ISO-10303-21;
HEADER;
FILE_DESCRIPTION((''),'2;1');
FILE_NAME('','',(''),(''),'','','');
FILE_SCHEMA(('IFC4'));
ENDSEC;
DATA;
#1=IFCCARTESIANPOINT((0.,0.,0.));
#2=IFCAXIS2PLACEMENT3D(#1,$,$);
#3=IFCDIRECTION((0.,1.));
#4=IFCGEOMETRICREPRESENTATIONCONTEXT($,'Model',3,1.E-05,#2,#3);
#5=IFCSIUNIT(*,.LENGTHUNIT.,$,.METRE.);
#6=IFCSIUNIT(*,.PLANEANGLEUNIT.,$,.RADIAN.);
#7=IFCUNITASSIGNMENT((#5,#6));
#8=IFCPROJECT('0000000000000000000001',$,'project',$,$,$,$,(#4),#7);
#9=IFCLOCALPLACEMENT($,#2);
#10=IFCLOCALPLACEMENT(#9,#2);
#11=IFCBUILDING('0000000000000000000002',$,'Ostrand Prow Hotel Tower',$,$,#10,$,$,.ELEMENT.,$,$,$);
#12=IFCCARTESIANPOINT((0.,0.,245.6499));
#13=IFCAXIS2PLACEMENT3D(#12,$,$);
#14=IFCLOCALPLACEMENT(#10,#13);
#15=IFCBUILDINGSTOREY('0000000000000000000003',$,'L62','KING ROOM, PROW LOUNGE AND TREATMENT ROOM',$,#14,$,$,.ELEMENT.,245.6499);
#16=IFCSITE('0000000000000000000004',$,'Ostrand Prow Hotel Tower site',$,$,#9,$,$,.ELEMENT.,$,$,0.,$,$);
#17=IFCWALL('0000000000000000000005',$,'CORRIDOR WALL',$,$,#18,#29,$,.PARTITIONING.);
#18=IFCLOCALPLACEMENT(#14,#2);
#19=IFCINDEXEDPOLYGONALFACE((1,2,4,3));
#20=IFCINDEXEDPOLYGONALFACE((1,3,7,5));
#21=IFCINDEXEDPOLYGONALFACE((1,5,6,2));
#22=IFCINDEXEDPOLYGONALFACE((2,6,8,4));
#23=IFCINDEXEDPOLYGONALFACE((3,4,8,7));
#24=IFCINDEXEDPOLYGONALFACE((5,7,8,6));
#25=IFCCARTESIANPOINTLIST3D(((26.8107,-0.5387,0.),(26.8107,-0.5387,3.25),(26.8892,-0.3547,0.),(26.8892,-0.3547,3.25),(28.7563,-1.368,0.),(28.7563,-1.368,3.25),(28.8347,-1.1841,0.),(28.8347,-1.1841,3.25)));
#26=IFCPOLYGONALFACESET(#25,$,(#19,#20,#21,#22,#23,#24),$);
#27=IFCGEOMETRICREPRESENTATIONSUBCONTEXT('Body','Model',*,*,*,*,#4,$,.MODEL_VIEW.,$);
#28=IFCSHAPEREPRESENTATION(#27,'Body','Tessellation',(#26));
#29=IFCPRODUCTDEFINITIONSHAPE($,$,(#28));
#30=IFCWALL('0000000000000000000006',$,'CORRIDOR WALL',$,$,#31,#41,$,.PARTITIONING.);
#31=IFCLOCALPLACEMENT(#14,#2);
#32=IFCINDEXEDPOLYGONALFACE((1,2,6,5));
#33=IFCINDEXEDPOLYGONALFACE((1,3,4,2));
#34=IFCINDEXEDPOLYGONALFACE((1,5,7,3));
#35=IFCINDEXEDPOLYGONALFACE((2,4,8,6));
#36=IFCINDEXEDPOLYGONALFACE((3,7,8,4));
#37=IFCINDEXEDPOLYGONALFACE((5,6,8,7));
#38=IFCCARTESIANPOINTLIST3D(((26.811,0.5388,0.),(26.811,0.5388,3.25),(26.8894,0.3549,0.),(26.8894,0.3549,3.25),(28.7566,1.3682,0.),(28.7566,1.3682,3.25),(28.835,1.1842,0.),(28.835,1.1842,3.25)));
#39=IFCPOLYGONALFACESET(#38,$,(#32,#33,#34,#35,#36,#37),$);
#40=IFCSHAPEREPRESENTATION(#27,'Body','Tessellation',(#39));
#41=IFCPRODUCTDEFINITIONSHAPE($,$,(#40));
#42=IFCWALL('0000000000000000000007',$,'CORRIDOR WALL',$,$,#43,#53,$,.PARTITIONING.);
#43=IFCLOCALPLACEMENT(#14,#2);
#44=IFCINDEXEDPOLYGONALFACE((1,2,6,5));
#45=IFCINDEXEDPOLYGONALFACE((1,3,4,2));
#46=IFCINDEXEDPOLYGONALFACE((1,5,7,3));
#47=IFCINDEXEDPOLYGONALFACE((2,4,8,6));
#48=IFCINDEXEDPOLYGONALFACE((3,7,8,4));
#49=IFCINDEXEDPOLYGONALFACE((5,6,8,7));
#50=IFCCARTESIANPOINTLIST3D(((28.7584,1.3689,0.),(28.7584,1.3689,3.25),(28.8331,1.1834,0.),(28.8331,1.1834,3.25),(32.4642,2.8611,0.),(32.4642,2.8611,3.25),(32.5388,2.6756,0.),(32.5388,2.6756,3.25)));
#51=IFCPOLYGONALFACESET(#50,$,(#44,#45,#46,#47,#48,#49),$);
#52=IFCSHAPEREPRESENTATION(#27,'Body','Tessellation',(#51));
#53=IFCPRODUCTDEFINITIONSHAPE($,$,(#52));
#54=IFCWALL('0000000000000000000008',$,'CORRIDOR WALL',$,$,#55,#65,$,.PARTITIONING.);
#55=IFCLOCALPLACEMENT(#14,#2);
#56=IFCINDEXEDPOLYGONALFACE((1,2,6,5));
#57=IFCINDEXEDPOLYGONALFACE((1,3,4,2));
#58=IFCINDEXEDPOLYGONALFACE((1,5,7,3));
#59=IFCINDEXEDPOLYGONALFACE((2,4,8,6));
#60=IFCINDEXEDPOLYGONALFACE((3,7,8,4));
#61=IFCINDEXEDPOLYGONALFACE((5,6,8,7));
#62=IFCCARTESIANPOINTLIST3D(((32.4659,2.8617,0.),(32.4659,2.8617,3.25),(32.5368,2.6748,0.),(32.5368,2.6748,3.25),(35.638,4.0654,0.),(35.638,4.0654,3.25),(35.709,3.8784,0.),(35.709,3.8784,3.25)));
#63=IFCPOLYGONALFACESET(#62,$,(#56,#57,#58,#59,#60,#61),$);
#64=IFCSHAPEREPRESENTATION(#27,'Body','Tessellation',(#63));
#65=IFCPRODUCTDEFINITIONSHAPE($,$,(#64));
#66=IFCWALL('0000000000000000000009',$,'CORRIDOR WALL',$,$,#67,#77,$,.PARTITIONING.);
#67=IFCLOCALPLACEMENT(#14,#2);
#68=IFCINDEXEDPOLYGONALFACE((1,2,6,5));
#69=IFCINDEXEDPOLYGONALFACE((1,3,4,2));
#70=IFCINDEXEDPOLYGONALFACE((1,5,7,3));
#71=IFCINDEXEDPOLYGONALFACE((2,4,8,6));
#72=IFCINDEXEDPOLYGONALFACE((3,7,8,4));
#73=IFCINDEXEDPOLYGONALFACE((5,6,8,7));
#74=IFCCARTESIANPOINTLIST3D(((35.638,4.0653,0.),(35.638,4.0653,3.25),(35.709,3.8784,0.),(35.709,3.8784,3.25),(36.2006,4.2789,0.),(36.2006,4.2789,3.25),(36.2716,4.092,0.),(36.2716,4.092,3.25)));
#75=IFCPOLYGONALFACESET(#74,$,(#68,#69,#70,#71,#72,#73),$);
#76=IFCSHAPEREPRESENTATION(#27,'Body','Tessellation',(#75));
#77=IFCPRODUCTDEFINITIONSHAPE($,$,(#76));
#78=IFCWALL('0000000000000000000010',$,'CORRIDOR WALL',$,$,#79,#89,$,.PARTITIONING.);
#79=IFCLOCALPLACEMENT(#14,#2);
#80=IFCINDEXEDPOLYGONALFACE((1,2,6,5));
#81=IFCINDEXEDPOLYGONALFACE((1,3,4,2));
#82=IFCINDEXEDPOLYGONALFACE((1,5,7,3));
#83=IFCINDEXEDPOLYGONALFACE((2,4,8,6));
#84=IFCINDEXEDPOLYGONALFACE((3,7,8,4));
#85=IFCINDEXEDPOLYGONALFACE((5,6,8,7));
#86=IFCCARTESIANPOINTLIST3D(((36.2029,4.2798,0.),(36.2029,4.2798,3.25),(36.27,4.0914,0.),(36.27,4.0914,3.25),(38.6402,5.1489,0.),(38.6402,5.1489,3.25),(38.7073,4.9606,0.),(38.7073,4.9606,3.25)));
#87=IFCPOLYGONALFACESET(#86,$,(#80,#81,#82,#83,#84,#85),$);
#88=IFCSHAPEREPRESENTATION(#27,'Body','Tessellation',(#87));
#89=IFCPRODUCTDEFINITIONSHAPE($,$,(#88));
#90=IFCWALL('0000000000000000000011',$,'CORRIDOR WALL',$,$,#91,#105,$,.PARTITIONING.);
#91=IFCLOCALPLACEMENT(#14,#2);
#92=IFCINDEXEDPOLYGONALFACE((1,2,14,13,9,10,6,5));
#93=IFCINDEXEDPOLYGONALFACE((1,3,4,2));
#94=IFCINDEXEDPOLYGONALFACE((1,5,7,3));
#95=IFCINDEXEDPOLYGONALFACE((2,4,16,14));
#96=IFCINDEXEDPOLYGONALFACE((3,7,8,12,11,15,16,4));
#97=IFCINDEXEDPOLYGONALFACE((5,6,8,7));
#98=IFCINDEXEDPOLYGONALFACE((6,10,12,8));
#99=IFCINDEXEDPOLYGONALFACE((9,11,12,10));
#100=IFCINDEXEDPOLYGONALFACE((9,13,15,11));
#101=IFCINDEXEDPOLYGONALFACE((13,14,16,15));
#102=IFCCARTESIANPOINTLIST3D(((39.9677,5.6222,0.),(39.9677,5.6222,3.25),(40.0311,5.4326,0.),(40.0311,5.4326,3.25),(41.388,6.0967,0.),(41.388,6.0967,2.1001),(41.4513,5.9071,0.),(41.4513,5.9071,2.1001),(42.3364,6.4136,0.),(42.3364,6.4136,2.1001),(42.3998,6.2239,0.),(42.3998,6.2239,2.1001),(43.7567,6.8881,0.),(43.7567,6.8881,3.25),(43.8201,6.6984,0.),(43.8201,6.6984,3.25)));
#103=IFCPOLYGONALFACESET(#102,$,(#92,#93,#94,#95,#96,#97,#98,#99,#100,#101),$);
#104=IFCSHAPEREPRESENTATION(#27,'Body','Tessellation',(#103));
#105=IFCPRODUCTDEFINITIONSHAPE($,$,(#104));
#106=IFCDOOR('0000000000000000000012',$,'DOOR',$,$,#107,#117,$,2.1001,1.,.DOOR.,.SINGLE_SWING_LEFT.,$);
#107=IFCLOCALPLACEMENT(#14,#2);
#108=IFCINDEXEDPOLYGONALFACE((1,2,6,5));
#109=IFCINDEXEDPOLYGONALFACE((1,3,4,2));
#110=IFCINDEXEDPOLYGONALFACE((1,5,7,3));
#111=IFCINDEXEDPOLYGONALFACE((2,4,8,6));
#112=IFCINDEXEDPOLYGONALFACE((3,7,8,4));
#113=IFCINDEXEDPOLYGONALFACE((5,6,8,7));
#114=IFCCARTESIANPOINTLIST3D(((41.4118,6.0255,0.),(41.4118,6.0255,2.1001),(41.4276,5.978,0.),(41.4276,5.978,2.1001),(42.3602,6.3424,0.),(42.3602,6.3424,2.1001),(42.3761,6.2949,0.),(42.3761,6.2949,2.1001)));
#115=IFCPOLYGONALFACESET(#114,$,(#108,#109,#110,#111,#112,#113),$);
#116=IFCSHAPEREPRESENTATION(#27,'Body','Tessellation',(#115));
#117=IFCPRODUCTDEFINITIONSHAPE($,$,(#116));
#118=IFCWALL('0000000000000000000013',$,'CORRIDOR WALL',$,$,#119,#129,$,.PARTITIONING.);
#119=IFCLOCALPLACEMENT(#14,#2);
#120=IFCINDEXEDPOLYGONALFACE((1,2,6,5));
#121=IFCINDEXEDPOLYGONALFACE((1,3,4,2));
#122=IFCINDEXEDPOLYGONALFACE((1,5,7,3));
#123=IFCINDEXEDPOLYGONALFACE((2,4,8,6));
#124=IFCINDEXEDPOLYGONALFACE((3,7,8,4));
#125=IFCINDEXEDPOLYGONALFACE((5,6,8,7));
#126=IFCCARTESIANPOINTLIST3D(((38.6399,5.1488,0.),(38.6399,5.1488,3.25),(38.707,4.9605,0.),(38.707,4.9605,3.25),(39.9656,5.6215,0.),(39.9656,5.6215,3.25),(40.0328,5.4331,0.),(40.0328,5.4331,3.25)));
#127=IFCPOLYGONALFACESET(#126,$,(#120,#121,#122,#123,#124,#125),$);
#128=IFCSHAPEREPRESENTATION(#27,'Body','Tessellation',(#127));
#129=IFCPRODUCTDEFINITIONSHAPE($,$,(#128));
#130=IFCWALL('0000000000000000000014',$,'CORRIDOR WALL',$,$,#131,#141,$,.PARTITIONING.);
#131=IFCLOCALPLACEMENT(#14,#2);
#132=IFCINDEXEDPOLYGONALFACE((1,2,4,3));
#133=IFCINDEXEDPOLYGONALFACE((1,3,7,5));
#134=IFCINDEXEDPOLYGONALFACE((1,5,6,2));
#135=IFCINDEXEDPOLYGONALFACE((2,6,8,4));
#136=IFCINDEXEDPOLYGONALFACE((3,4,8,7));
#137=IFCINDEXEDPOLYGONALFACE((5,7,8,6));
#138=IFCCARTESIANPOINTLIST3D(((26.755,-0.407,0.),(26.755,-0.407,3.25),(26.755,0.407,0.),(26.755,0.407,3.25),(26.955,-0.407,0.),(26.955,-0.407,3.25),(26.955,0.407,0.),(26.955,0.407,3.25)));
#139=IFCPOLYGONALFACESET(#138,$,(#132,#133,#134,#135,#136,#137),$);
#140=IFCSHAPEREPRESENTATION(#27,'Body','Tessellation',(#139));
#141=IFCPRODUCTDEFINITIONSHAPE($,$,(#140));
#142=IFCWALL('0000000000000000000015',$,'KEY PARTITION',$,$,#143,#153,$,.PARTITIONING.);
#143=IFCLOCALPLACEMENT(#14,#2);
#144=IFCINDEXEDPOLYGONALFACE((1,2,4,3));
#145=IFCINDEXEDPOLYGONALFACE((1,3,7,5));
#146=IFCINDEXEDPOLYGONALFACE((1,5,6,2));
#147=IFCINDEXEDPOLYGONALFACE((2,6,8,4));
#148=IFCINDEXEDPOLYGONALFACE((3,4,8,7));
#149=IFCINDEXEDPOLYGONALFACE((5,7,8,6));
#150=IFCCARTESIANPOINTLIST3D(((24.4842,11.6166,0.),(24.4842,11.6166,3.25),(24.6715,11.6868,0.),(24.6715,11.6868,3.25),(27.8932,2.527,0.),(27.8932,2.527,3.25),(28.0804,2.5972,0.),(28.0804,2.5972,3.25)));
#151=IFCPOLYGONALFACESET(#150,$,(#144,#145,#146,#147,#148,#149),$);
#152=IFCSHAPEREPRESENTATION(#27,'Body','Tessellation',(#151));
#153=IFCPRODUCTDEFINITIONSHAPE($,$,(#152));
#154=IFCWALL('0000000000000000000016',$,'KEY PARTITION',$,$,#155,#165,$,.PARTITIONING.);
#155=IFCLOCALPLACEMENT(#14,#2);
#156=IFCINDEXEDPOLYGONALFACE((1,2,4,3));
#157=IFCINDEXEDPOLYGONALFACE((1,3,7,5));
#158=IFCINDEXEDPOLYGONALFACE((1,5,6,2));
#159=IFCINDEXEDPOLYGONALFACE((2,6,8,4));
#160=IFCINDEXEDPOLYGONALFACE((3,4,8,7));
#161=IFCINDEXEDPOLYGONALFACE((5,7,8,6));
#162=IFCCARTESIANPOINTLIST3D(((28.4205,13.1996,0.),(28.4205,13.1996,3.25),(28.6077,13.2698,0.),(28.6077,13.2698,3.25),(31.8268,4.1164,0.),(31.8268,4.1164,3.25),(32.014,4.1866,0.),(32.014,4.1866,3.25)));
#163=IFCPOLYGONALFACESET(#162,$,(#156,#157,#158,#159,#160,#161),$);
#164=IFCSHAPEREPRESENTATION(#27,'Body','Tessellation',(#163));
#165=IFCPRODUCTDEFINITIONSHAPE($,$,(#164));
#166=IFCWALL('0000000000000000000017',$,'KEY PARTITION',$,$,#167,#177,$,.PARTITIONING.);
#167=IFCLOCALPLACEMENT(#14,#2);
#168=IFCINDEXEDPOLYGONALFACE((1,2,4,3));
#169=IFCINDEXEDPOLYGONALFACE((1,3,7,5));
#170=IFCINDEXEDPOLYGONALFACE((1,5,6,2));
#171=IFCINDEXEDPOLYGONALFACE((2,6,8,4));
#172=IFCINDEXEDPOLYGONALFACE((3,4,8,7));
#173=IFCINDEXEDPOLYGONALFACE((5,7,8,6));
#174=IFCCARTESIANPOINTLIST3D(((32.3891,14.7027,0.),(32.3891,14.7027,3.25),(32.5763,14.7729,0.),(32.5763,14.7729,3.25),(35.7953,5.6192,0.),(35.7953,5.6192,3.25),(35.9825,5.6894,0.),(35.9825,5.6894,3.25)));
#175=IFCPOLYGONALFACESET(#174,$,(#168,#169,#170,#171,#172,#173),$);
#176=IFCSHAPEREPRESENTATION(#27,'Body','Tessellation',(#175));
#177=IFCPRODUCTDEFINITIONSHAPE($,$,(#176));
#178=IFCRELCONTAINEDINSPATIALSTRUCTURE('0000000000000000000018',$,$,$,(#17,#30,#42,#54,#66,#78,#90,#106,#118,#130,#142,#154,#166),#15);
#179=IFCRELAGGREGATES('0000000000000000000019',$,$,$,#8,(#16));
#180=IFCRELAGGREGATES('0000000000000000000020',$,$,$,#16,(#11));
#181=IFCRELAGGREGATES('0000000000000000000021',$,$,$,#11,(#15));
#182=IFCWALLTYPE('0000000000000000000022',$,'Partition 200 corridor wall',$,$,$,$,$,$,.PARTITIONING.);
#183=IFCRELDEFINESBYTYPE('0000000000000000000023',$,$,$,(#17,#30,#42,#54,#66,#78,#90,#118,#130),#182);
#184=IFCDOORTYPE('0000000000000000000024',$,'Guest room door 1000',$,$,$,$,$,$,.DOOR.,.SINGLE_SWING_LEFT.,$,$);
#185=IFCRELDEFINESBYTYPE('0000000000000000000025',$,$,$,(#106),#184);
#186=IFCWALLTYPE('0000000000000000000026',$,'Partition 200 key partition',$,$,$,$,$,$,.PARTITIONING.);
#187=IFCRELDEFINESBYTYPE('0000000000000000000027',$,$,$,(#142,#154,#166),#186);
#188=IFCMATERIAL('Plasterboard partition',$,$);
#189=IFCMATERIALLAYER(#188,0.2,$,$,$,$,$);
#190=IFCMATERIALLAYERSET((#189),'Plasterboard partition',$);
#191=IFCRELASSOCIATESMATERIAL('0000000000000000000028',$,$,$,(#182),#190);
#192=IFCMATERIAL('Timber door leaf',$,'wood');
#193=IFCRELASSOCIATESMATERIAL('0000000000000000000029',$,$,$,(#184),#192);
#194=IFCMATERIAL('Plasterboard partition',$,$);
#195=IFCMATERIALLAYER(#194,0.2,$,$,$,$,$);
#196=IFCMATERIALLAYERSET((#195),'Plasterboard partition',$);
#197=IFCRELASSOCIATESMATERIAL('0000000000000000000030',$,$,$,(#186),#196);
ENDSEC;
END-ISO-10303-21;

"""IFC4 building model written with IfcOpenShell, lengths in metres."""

from ifc_helpers import new_model, si_unit, direction, frame, frame_2d, origin, place, context, subcontext, project, spatial, rectangle, extrude, material, layer, layer_set, type_object, element, fill, save


model = new_model("IFC4")

# Units and contexts
model_context = context("Model", 3, precision=1e-05, world=origin(), true_north=direction((0.0, 1.0)))
body_context = subcontext(model_context, "Body", "Model", "MODEL_VIEW")
ifc_project = project(units=[si_unit("LENGTHUNIT", "METRE"), si_unit("PLANEANGLEUNIT", "RADIAN")], contexts=[model_context])

# Site, building, storey
site_placement = place(None, origin())
site = spatial("IfcSite", under=ifc_project, at=site_placement, Name="Ostrand Prow Hotel Tower site", CompositionType="ELEMENT", RefElevation=0.0)
building_placement = place(site_placement, origin())
building = spatial("IfcBuilding", under=site, at=building_placement, Name="Ostrand Prow Hotel Tower", CompositionType="ELEMENT")
storey_placement = place(building_placement, frame((0.0, 0.0, 245.6499)))
storey = spatial("IfcBuildingStorey", under=building, at=storey_placement, Name="L62", Description="KING ROOM, PROW LOUNGE AND TREATMENT ROOM", CompositionType="ELEMENT", Elevation=245.6499)

# Shared definitions
ifc_material_1 = material(Name="Plasterboard partition")
ifc_layer_1 = layer(ifc_material_1, 0.2)
ifc_layer_set_1 = layer_set([ifc_layer_1], Name="Plasterboard partition")
wall_type_1 = type_object("IfcWallType", Name="Partition 200 corridor wall", PredefinedType="PARTITIONING", material=ifc_layer_set_1)
ifc_material_2 = material(Name="Timber door leaf", Category="wood")
door_type_1 = type_object("IfcDoorType", Name="Guest room door 1000", OperationType="SINGLE_SWING_LEFT", PredefinedType="DOOR", material=ifc_material_2)

# Walls
for number, where, z_axis, x_axis, name in (
    (1, (28.7957, -1.2761, 0.0), (0.0, 0.0, 1.0), (-0.919908, 0.392135, 0.0), "CORRIDOR WALL"),
    (2, (26.8501, 0.4468, 0.0), (0.0, 0.0, 1.0), (0.919908, 0.392135, 0.0), "CORRIDOR WALL"),
):
    element("IfcWall", number, at=place(storey_placement, frame(where, z_axis=z_axis, x_axis=x_axis)), inside=storey, type_object=wall_type_1, Name=name, PredefinedType="PARTITIONING", context=body_context, shape_type="SweptSolid", body=[
        extrude(rectangle(XDim=2.115, YDim=0.2, at=frame_2d((1.0576, 0.0))), origin(), (0.0, 0.0, 1.0), 3.25),
    ])
wall_1_placement = place(storey_placement, frame((28.7957, 1.2761, 0.0), z_axis=(0.0, 0.0, 1.0), x_axis=(0.927623, 0.373518, 0.0)))
element("IfcWall", 3, at=wall_1_placement, inside=storey, type_object=wall_type_1, Name="CORRIDOR WALL", PredefinedType="PARTITIONING", context=body_context, shape_type="SweptSolid", body=[
    extrude(rectangle(XDim=3.9949, YDim=0.2, at=frame_2d((1.9976, 0.0))), origin(), (0.0, 0.0, 1.0), 3.25),
])
wall_2_placement = place(storey_placement, frame((32.5015, 2.7683, 0.0), z_axis=(0.0, 0.0, 1.0), x_axis=(0.934959, 0.354756, 0.0)))
element("IfcWall", 4, at=wall_2_placement, inside=storey, type_object=wall_type_1, Name="CORRIDOR WALL", PredefinedType="PARTITIONING", context=body_context, shape_type="SweptSolid", body=[
    extrude(rectangle(XDim=3.3928, YDim=0.2, at=frame_2d((1.6963, 0.0))), origin(), (0.0, 0.0, 1.0), 3.25),
])
wall_3_placement = place(storey_placement, frame((35.6736, 3.9719, 0.0), z_axis=(0.0, 0.0, 1.0), x_axis=(0.934905, 0.354899, 0.0)))
element("IfcWall", 5, at=wall_3_placement, inside=storey, type_object=wall_type_1, Name="CORRIDOR WALL", PredefinedType="PARTITIONING", context=body_context, shape_type="SweptSolid", body=[
    extrude(rectangle(XDim=0.6018, YDim=0.2, at=frame_2d((0.3008, 0.0))), origin(), (0.0, 0.0, 1.0), 3.25),
])
wall_4_placement = place(storey_placement, frame((36.2363, 4.1855, 0.0), z_axis=(0.0, 0.0, 1.0), x_axis=(0.941902, 0.335888, 0.0)))
element("IfcWall", 6, at=wall_4_placement, inside=storey, type_object=wall_type_1, Name="CORRIDOR WALL", PredefinedType="PARTITIONING", context=body_context, shape_type="SweptSolid", body=[
    extrude(rectangle(XDim=2.5876, YDim=0.2, at=frame_2d((1.2939, 0.0))), origin(), (0.0, 0.0, 1.0), 3.25),
])

# Wall, opening, door
wall_5_placement = place(storey_placement, frame((39.9993, 5.5273, 0.0), z_axis=(0.0, 0.0, 1.0), x_axis=(0.948469, 0.316869, 0.0)))
wall_5 = element("IfcWall", 7, at=wall_5_placement, inside=storey, type_object=wall_type_1, Name="CORRIDOR WALL", PredefinedType="PARTITIONING", context=body_context, shape_type="SweptSolid", body=[
    extrude(rectangle(XDim=3.9949, YDim=0.2, at=frame_2d((1.9976, 0.0))), origin(), (0.0, 0.0, 1.0), 3.25),
])
opening_1_placement = place(wall_5_placement, frame((1.4976, 0.0, 0.0)))
opening_1 = element("IfcOpeningElement", 8, at=opening_1_placement, cuts=wall_5, PredefinedType="OPENING", context=body_context, shape_type="SweptSolid", body=[
    extrude(rectangle(XDim=1.0, YDim=2.1001, at=frame_2d((0.5, 1.05))), frame((0.0, 0.1099, 0.0), z_axis=(0.0, -1.0, 0.0), x_axis=(1.0, 0.0, 0.0)), (0.0, 0.0, 1.0), 0.22),
])
door_1_placement = place(opening_1_placement, origin())
door_1 = element("IfcDoor", 9, at=door_1_placement, inside=storey, type_object=door_type_1, Name="DOOR", OperationType="SINGLE_SWING_LEFT", OverallHeight=2.1001, OverallWidth=1.0, PredefinedType="DOOR", context=body_context, shape_type="SweptSolid", body=[
    extrude(rectangle(XDim=1.0, YDim=2.1001, at=frame_2d((0.5, 1.05))), frame((0.0, 0.0249, 0.0), z_axis=(0.0, -1.0, 0.0), x_axis=(1.0, 0.0, 0.0)), (0.0, 0.0, 1.0), 0.05),
])
fill(opening_1, door_1)

# Walls
wall_6_placement = place(storey_placement, frame((38.6736, 5.0547, 0.0), z_axis=(0.0, 0.0, 1.0), x_axis=(0.941922, 0.335831, 0.0)))
element("IfcWall", 10, at=wall_6_placement, inside=storey, type_object=wall_type_1, Name="CORRIDOR WALL", PredefinedType="PARTITIONING", context=body_context, shape_type="SweptSolid", body=[
    extrude(rectangle(XDim=1.4075, YDim=0.2, at=frame_2d((0.7036, 0.0))), origin(), (0.0, 0.0, 1.0), 3.25),
])
wall_7_placement = place(storey_placement, frame((26.855, -0.407, 0.0), z_axis=(0.0, 0.0, 1.0), x_axis=(0.0, 1.0, 0.0)))
element("IfcWall", 11, at=wall_7_placement, inside=storey, type_object=wall_type_1, Name="CORRIDOR WALL", PredefinedType="PARTITIONING", context=body_context, shape_type="SweptSolid", body=[
    extrude(rectangle(XDim=0.814, YDim=0.2, at=frame_2d((0.407, 0.0))), origin(), (0.0, 0.0, 1.0), 3.25),
])
ifc_material_3 = material(Name="Plasterboard partition")
ifc_layer_2 = layer(ifc_material_3, 0.2)
ifc_layer_set_2 = layer_set([ifc_layer_2], Name="Plasterboard partition")
wall_type_2 = type_object("IfcWallType", Name="Partition 200 key partition", PredefinedType="PARTITIONING", material=ifc_layer_set_2)
wall_8_placement = place(storey_placement, frame((27.9868, 2.562, 0.0), z_axis=(0.0, 0.0, 1.0), x_axis=(-0.351154, 0.936318, 0.0)))
element("IfcWall", 12, at=wall_8_placement, inside=storey, type_object=wall_type_2, Name="KEY PARTITION", PredefinedType="PARTITIONING", context=body_context, shape_type="SweptSolid", body=[
    extrude(rectangle(XDim=9.7078, YDim=0.2, at=frame_2d((4.854, 0.0))), origin(), (0.0, 0.0, 1.0), 3.25),
])
wall_9_placement = place(storey_placement, frame((31.9204, 4.1514, 0.0), z_axis=(0.0, 0.0, 1.0), x_axis=(-0.351126, 0.936328, 0.0)))
element("IfcWall", 13, at=wall_9_placement, inside=storey, type_object=wall_type_2, Name="KEY PARTITION", PredefinedType="PARTITIONING", context=body_context, shape_type="SweptSolid", body=[
    extrude(rectangle(XDim=9.7009, YDim=0.2, at=frame_2d((4.8506, 0.0))), origin(), (0.0, 0.0, 1.0), 3.25),
])
wall_10_placement = place(storey_placement, frame((35.8889, 5.6543, 0.0), z_axis=(0.0, 0.0, 1.0), x_axis=(-0.351118, 0.936331, 0.0)))
element("IfcWall", 14, at=wall_10_placement, inside=storey, type_object=wall_type_2, Name="KEY PARTITION", PredefinedType="PARTITIONING", context=body_context, shape_type="SweptSolid", body=[
    extrude(rectangle(XDim=9.7012, YDim=0.2, at=frame_2d((4.8506, 0.0))), origin(), (0.0, 0.0, 1.0), 3.25),
])

save(model, "model.ifc")
